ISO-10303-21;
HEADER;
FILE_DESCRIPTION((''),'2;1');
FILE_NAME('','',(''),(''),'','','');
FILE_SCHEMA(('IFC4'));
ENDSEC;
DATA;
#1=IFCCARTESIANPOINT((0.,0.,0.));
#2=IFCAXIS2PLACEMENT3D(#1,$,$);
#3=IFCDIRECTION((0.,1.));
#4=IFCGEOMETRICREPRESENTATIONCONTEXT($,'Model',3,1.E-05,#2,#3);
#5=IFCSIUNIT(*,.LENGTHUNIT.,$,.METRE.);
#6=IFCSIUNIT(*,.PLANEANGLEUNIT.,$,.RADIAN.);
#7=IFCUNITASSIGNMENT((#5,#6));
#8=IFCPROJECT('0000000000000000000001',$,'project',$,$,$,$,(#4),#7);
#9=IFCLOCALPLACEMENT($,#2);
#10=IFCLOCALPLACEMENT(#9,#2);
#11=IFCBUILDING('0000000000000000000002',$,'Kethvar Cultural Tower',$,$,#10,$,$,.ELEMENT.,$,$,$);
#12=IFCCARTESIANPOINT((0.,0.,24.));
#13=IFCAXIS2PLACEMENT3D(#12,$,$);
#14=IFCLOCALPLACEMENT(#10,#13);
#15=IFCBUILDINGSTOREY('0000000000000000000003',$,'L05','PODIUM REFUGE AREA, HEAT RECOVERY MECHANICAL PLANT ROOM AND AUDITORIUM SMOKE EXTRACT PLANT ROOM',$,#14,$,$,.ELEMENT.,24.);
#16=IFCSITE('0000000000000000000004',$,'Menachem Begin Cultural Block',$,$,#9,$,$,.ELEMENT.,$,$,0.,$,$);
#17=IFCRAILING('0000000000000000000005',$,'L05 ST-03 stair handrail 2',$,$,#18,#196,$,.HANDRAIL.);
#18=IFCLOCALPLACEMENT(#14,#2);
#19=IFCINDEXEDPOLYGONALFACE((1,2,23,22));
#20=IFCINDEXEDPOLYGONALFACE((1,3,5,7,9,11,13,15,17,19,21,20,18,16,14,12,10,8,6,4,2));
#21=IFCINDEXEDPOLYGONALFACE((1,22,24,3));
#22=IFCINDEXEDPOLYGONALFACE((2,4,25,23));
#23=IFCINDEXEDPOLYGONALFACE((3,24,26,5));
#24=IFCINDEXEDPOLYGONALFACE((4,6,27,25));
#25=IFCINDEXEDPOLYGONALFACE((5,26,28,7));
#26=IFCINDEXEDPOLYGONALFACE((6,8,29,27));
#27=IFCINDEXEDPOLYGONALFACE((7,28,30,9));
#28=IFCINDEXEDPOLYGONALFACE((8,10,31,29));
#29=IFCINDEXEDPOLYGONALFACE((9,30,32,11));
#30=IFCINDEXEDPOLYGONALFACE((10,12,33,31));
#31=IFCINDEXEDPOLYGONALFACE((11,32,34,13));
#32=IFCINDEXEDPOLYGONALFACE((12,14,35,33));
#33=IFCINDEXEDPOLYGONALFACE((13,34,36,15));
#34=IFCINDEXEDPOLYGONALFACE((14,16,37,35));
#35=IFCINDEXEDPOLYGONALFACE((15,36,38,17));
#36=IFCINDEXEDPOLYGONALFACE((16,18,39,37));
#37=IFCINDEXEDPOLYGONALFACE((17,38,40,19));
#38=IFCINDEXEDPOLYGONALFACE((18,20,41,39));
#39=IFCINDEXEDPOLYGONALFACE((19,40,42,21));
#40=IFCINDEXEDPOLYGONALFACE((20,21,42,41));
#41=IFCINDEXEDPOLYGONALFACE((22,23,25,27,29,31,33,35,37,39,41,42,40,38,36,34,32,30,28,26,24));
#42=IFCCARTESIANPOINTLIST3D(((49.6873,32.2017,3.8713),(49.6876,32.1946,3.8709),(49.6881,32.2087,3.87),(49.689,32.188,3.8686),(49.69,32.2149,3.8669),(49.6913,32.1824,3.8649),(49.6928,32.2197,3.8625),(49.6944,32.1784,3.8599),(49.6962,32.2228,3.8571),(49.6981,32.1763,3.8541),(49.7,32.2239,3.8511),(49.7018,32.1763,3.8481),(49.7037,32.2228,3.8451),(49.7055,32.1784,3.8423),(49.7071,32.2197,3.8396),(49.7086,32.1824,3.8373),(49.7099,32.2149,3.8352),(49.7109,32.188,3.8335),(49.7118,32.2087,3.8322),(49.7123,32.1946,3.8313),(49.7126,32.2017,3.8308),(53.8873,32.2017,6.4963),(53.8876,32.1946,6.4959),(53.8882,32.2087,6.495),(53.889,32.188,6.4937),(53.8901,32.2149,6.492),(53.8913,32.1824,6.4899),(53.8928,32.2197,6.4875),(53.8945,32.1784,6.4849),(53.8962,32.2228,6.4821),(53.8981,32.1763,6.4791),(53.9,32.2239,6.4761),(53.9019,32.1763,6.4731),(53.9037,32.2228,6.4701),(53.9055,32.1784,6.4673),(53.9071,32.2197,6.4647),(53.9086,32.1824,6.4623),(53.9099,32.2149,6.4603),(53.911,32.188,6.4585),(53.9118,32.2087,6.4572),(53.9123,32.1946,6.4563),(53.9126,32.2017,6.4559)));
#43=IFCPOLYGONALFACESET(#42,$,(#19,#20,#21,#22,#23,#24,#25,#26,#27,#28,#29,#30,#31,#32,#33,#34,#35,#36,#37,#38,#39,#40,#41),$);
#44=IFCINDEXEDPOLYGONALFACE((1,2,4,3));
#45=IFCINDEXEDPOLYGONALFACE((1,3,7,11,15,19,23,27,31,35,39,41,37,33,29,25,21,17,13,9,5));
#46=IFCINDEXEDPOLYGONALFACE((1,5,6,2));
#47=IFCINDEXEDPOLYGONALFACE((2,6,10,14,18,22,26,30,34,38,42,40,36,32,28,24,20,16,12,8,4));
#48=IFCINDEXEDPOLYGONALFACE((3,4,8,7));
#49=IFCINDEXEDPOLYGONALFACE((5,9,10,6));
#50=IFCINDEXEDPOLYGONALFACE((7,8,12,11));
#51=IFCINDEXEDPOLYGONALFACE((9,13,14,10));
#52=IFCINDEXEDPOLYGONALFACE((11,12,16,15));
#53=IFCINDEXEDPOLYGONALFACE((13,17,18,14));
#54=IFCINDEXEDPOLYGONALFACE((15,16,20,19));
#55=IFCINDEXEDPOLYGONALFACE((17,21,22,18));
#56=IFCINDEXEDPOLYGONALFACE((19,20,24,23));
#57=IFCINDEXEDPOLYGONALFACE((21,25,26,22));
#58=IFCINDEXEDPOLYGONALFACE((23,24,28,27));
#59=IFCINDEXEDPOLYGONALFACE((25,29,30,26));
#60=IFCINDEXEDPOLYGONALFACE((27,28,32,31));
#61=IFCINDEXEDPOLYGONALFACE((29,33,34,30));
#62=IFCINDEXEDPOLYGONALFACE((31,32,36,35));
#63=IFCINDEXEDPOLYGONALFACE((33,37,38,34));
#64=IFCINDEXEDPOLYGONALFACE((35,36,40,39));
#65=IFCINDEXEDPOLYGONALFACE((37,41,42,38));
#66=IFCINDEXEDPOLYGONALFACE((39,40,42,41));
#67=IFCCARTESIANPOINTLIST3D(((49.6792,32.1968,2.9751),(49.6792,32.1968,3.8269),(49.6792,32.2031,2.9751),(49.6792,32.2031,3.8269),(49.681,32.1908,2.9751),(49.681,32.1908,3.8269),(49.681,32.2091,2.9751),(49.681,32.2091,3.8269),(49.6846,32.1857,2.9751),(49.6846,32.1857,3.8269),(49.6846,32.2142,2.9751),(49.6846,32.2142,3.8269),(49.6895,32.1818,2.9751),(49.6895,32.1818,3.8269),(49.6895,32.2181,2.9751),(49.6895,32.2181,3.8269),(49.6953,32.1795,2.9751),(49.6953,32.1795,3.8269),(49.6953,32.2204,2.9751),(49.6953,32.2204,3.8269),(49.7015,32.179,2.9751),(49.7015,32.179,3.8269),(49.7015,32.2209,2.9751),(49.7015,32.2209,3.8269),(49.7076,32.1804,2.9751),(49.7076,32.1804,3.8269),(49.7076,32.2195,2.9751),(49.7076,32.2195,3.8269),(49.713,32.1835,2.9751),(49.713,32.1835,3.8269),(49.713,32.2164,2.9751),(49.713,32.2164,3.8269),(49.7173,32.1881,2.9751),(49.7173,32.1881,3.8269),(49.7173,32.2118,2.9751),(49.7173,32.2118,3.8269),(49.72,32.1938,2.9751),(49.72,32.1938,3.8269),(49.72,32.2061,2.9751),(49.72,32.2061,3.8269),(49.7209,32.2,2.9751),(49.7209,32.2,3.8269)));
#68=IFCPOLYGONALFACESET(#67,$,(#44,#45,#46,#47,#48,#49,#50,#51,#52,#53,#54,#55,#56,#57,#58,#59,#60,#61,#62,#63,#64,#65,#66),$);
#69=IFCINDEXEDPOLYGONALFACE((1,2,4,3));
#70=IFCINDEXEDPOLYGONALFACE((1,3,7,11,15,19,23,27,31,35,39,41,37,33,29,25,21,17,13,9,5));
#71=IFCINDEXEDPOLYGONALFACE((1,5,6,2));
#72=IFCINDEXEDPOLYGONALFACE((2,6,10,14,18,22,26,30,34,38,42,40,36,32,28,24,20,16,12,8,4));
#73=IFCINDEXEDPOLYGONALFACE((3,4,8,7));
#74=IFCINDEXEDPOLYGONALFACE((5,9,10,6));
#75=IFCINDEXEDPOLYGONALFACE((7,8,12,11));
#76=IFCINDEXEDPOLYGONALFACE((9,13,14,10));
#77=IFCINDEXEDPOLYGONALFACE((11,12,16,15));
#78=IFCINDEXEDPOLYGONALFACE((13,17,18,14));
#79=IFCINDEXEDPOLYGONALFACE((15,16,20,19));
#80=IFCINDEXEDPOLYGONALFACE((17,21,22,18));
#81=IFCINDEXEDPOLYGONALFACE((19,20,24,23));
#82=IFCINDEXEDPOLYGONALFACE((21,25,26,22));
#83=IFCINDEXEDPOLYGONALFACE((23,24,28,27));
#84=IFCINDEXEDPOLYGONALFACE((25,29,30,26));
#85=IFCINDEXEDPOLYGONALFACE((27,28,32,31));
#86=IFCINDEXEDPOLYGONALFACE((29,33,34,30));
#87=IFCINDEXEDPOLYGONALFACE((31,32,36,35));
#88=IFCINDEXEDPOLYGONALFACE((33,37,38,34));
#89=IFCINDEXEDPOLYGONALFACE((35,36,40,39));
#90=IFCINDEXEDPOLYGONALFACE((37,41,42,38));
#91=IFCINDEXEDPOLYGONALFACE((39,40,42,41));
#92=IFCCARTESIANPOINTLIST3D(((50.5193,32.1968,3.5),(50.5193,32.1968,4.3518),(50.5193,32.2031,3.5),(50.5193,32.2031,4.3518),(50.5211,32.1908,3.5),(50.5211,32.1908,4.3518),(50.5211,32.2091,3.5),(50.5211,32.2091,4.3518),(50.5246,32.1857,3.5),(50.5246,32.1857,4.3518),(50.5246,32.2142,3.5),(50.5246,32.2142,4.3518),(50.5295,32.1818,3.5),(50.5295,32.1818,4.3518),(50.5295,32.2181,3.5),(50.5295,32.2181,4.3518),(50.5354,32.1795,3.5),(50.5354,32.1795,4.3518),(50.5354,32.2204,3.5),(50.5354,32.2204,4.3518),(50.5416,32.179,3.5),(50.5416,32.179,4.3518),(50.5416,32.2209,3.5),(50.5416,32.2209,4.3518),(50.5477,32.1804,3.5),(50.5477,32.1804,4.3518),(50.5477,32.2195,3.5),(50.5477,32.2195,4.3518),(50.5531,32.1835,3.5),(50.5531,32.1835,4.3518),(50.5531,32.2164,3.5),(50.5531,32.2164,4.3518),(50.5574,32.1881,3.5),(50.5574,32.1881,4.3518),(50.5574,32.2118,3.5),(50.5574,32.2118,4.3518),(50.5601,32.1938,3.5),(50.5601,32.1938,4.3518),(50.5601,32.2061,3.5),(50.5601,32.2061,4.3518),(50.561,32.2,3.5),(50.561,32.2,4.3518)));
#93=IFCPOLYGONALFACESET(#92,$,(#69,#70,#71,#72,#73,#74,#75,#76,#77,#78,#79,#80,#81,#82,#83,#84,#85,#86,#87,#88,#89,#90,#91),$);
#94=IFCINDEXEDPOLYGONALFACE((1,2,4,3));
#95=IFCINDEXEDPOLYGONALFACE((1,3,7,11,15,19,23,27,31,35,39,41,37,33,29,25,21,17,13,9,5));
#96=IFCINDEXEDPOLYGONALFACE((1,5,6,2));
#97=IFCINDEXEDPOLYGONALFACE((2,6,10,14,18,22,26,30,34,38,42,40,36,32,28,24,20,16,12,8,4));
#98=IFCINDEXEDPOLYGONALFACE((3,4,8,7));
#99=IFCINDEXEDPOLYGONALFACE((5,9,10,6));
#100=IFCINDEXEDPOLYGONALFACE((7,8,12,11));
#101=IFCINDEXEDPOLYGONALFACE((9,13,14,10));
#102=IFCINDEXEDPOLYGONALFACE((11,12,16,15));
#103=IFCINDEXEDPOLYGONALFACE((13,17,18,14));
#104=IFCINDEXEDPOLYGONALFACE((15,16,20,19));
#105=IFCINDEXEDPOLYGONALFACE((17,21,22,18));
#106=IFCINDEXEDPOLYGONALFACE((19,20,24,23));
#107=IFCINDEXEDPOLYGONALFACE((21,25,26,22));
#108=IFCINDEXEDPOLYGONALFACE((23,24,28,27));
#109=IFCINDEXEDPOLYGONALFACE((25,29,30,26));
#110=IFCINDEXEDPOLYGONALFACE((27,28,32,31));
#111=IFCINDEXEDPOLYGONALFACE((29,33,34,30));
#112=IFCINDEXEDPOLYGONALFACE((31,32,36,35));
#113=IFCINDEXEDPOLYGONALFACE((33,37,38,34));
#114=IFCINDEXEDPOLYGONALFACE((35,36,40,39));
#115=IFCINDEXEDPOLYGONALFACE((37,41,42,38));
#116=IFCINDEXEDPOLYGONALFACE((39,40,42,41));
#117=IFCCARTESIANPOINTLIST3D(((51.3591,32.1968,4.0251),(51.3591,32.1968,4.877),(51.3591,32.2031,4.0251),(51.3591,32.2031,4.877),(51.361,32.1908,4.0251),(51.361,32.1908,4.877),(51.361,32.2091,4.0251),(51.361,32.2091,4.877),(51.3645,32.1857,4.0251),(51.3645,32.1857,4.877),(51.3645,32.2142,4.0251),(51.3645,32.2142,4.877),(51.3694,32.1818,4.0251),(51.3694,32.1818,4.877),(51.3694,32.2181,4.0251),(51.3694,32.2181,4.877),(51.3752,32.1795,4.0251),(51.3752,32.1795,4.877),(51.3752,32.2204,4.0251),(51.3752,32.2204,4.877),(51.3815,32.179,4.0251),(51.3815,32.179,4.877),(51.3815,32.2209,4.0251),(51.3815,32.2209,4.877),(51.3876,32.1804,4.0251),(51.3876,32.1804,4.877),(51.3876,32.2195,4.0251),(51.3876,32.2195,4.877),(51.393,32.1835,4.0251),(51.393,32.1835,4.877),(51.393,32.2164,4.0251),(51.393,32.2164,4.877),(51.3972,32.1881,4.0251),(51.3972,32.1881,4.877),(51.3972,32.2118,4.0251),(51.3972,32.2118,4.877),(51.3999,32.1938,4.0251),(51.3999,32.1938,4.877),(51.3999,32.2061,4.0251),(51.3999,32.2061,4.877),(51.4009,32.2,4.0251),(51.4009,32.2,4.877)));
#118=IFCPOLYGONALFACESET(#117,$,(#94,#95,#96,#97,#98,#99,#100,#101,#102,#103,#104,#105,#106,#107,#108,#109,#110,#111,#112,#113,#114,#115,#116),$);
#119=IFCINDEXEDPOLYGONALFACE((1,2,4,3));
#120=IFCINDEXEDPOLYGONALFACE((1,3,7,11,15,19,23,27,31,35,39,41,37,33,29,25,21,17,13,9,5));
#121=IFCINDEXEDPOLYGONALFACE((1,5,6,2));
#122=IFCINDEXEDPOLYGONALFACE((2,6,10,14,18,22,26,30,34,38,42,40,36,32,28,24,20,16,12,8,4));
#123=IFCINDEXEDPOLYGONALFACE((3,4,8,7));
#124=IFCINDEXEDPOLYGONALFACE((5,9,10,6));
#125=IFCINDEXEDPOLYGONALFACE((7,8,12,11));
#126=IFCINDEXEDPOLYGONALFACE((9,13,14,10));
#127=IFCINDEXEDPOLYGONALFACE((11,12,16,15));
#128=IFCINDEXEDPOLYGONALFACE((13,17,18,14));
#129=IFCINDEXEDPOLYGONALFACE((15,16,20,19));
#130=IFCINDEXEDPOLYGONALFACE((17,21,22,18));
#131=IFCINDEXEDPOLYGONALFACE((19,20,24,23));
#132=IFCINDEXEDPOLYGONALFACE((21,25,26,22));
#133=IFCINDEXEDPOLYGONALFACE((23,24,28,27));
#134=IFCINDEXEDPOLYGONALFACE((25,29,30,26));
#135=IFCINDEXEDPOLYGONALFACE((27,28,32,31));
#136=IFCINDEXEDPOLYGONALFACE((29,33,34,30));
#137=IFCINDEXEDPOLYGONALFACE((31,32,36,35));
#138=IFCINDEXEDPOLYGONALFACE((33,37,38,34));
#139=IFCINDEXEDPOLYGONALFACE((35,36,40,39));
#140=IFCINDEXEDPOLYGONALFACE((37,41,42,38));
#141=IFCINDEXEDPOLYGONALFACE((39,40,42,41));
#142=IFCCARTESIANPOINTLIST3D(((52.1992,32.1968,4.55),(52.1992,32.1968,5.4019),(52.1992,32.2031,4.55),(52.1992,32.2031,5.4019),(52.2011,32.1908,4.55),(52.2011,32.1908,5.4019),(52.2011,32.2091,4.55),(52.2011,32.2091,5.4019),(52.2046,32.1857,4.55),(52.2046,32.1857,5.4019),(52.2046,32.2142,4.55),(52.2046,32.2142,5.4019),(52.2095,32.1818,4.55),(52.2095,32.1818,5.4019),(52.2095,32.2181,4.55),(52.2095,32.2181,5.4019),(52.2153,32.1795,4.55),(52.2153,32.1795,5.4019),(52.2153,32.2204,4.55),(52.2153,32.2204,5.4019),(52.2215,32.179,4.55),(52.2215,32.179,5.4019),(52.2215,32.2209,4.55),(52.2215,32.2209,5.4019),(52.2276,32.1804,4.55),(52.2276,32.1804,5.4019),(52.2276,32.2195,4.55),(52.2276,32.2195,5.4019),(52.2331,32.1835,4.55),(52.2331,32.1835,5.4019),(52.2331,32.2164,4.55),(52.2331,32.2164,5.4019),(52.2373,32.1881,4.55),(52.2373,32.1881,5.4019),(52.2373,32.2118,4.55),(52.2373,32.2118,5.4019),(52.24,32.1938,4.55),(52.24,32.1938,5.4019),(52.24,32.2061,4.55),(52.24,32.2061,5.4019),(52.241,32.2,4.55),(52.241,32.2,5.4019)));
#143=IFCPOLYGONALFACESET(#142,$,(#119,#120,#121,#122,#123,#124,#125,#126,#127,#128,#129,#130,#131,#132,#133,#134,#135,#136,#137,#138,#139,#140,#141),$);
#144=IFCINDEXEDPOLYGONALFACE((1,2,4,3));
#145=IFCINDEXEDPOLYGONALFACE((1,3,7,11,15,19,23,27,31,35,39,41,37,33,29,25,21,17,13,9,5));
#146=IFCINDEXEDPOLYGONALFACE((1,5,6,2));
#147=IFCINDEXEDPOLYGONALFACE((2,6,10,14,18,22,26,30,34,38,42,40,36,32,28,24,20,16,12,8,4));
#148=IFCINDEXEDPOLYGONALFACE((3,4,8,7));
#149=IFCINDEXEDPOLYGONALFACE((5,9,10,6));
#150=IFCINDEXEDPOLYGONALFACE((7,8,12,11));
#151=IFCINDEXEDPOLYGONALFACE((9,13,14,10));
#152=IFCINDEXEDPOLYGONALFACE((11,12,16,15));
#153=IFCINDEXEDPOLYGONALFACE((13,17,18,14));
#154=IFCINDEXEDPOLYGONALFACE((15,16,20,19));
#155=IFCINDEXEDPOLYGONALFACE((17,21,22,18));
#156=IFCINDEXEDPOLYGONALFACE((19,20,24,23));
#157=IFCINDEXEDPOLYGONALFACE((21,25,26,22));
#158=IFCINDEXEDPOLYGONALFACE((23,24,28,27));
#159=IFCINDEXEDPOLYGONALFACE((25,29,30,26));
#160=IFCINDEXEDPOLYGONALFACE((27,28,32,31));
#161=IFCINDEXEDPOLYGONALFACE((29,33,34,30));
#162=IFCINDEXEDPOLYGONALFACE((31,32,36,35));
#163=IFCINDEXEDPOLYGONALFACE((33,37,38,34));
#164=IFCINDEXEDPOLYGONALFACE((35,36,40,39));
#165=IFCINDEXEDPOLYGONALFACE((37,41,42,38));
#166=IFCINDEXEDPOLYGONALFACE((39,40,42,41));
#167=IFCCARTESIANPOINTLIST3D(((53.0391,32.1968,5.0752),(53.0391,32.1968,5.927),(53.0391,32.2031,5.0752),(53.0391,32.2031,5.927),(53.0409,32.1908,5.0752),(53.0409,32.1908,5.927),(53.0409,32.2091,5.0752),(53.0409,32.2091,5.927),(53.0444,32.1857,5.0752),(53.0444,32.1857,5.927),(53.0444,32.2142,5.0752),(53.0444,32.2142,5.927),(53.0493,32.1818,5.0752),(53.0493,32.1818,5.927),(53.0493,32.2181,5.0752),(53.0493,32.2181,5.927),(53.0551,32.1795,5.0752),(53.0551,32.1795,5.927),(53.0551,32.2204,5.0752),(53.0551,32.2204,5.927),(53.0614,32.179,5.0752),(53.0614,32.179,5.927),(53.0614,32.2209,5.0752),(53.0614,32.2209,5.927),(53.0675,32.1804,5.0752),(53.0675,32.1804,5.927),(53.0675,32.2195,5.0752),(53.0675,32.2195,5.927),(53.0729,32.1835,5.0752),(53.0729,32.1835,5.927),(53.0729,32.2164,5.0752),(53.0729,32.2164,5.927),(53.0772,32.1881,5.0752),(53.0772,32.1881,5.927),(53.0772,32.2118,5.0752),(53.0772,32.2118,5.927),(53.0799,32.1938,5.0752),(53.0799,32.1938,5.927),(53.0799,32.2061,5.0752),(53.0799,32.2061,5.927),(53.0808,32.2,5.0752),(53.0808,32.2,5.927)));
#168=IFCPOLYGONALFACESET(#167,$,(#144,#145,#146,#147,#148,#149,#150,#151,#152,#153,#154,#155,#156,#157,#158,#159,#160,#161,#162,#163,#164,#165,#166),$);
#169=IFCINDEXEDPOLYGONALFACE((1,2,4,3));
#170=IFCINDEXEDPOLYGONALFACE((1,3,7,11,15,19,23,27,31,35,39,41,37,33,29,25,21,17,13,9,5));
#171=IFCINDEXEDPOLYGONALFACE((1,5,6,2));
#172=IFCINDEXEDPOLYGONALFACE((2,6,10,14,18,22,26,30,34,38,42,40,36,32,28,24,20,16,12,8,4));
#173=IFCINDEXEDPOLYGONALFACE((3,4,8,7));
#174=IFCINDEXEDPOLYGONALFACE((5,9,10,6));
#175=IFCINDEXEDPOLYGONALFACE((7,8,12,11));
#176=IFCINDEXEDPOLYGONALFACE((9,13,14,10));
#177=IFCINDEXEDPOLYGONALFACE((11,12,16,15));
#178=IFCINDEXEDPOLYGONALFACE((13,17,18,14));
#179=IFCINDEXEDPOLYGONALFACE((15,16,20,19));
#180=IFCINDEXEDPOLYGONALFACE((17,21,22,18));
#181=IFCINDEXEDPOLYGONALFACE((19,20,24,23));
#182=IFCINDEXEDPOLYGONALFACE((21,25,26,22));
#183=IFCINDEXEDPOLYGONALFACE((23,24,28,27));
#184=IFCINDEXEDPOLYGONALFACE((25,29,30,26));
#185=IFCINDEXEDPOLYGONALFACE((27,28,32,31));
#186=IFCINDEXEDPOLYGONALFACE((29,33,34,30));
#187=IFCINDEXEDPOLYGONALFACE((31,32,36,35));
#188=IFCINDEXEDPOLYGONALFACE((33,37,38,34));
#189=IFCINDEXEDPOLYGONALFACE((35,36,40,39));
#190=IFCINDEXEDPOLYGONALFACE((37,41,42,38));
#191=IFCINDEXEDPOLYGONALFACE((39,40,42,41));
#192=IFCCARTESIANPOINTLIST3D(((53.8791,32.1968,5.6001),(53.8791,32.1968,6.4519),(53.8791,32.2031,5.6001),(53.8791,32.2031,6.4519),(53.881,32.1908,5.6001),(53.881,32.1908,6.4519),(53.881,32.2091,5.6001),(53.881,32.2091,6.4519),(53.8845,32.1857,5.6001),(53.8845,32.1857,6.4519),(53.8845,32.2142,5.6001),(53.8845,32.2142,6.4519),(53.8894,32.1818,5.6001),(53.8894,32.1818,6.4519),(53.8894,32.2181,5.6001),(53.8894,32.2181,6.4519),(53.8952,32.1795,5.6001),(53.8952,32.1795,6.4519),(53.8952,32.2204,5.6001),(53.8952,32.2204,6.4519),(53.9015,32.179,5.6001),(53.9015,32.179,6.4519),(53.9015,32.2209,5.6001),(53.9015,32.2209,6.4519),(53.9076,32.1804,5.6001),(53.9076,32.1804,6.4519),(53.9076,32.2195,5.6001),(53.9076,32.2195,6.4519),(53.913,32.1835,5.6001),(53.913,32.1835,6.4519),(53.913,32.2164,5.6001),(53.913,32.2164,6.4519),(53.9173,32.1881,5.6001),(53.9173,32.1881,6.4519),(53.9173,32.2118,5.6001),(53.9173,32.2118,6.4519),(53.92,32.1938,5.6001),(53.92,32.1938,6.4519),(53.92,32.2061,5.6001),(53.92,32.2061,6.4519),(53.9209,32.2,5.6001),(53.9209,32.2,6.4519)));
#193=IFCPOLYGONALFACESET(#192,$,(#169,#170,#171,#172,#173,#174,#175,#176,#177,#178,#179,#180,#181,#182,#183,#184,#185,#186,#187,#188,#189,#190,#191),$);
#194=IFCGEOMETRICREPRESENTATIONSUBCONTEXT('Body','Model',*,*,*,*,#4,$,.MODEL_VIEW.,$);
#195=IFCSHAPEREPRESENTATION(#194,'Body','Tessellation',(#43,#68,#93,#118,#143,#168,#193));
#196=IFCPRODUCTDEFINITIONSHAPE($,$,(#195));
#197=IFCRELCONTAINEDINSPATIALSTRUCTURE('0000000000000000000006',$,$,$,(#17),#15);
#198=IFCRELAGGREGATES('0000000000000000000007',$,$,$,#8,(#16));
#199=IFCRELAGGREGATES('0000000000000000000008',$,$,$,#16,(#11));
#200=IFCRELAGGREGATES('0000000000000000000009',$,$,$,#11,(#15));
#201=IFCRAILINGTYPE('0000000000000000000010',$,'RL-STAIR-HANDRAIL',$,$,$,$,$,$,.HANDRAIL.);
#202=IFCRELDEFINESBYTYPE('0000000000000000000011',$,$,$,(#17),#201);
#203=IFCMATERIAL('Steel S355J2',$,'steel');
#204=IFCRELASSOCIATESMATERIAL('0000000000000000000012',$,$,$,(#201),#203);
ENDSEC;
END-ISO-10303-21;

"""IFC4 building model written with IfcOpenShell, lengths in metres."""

from ifc_helpers import new_model, si_unit, direction, frame, origin, origin_2d, place, context, subcontext, project, spatial, circle, extrude, material, type_object, element, save


model = new_model("IFC4")

# Units and contexts
model_context = context("Model", 3, precision=1e-05, world=origin(), true_north=direction((0.0, 1.0)))
body_context = subcontext(model_context, "Body", "Model", "MODEL_VIEW")
ifc_project = project(units=[si_unit("LENGTHUNIT", "METRE"), si_unit("PLANEANGLEUNIT", "RADIAN")], contexts=[model_context])

# Site, building, storey
site_placement = place(None, origin())
site = spatial("IfcSite", under=ifc_project, at=site_placement, Name="Menachem Begin Cultural Block", CompositionType="ELEMENT", RefElevation=0.0)
building_placement = place(site_placement, origin())
building = spatial("IfcBuilding", under=site, at=building_placement, Name="Kethvar Cultural Tower", CompositionType="ELEMENT")
storey_placement = place(building_placement, frame((0.0, 0.0, 24.0)))
storey = spatial("IfcBuildingStorey", under=building, at=storey_placement, Name="L05", Description="PODIUM REFUGE AREA, HEAT RECOVERY MECHANICAL PLANT ROOM AND AUDITORIUM SMOKE EXTRACT PLANT ROOM", CompositionType="ELEMENT", Elevation=24.0)

# Railing
ifc_material_1 = material(Name="Steel S355J2", Category="steel")
railing_type_1 = type_object("IfcRailingType", Name="RL-STAIR-HANDRAIL", PredefinedType="HANDRAIL", material=ifc_material_1)
railing_1_placement = place(storey_placement, frame((49.7, 32.2, 2.9751)))
element("IfcRailing", 1, at=railing_1_placement, inside=storey, type_object=railing_type_1, Name="L05 ST-03 stair handrail 2", PredefinedType="HANDRAIL", context=body_context, shape_type="SweptSolid", body=[
    extrude(circle(Radius=0.0239, at=origin_2d()), frame((0.0, 0.0, 0.876), z_axis=(0.847996, 0.0, 0.530003), x_axis=(0.0, 1.0, 0.0)), (0.0, 0.0, 1.0), 4.9529),
    extrude(circle(Radius=0.021, at=origin_2d()), origin(), (0.0, 0.0, 1.0), 0.8518),
    extrude(circle(Radius=0.021, at=origin_2d()), frame((0.8401, 0.0, 0.5249)), (0.0, 0.0, 1.0), 0.8518),
    extrude(circle(Radius=0.021, at=origin_2d()), frame((1.6799, 0.0, 1.05)), (0.0, 0.0, 1.0), 0.8518),
    extrude(circle(Radius=0.021, at=origin_2d()), frame((2.52, 0.0, 1.575)), (0.0, 0.0, 1.0), 0.8518),
    extrude(circle(Radius=0.021, at=origin_2d()), frame((3.3599, 0.0, 2.1001)), (0.0, 0.0, 1.0), 0.8518),
    extrude(circle(Radius=0.021, at=origin_2d()), frame((4.2, 0.0, 2.625)), (0.0, 0.0, 1.0), 0.8518),
])

save(model, "model.ifc")
